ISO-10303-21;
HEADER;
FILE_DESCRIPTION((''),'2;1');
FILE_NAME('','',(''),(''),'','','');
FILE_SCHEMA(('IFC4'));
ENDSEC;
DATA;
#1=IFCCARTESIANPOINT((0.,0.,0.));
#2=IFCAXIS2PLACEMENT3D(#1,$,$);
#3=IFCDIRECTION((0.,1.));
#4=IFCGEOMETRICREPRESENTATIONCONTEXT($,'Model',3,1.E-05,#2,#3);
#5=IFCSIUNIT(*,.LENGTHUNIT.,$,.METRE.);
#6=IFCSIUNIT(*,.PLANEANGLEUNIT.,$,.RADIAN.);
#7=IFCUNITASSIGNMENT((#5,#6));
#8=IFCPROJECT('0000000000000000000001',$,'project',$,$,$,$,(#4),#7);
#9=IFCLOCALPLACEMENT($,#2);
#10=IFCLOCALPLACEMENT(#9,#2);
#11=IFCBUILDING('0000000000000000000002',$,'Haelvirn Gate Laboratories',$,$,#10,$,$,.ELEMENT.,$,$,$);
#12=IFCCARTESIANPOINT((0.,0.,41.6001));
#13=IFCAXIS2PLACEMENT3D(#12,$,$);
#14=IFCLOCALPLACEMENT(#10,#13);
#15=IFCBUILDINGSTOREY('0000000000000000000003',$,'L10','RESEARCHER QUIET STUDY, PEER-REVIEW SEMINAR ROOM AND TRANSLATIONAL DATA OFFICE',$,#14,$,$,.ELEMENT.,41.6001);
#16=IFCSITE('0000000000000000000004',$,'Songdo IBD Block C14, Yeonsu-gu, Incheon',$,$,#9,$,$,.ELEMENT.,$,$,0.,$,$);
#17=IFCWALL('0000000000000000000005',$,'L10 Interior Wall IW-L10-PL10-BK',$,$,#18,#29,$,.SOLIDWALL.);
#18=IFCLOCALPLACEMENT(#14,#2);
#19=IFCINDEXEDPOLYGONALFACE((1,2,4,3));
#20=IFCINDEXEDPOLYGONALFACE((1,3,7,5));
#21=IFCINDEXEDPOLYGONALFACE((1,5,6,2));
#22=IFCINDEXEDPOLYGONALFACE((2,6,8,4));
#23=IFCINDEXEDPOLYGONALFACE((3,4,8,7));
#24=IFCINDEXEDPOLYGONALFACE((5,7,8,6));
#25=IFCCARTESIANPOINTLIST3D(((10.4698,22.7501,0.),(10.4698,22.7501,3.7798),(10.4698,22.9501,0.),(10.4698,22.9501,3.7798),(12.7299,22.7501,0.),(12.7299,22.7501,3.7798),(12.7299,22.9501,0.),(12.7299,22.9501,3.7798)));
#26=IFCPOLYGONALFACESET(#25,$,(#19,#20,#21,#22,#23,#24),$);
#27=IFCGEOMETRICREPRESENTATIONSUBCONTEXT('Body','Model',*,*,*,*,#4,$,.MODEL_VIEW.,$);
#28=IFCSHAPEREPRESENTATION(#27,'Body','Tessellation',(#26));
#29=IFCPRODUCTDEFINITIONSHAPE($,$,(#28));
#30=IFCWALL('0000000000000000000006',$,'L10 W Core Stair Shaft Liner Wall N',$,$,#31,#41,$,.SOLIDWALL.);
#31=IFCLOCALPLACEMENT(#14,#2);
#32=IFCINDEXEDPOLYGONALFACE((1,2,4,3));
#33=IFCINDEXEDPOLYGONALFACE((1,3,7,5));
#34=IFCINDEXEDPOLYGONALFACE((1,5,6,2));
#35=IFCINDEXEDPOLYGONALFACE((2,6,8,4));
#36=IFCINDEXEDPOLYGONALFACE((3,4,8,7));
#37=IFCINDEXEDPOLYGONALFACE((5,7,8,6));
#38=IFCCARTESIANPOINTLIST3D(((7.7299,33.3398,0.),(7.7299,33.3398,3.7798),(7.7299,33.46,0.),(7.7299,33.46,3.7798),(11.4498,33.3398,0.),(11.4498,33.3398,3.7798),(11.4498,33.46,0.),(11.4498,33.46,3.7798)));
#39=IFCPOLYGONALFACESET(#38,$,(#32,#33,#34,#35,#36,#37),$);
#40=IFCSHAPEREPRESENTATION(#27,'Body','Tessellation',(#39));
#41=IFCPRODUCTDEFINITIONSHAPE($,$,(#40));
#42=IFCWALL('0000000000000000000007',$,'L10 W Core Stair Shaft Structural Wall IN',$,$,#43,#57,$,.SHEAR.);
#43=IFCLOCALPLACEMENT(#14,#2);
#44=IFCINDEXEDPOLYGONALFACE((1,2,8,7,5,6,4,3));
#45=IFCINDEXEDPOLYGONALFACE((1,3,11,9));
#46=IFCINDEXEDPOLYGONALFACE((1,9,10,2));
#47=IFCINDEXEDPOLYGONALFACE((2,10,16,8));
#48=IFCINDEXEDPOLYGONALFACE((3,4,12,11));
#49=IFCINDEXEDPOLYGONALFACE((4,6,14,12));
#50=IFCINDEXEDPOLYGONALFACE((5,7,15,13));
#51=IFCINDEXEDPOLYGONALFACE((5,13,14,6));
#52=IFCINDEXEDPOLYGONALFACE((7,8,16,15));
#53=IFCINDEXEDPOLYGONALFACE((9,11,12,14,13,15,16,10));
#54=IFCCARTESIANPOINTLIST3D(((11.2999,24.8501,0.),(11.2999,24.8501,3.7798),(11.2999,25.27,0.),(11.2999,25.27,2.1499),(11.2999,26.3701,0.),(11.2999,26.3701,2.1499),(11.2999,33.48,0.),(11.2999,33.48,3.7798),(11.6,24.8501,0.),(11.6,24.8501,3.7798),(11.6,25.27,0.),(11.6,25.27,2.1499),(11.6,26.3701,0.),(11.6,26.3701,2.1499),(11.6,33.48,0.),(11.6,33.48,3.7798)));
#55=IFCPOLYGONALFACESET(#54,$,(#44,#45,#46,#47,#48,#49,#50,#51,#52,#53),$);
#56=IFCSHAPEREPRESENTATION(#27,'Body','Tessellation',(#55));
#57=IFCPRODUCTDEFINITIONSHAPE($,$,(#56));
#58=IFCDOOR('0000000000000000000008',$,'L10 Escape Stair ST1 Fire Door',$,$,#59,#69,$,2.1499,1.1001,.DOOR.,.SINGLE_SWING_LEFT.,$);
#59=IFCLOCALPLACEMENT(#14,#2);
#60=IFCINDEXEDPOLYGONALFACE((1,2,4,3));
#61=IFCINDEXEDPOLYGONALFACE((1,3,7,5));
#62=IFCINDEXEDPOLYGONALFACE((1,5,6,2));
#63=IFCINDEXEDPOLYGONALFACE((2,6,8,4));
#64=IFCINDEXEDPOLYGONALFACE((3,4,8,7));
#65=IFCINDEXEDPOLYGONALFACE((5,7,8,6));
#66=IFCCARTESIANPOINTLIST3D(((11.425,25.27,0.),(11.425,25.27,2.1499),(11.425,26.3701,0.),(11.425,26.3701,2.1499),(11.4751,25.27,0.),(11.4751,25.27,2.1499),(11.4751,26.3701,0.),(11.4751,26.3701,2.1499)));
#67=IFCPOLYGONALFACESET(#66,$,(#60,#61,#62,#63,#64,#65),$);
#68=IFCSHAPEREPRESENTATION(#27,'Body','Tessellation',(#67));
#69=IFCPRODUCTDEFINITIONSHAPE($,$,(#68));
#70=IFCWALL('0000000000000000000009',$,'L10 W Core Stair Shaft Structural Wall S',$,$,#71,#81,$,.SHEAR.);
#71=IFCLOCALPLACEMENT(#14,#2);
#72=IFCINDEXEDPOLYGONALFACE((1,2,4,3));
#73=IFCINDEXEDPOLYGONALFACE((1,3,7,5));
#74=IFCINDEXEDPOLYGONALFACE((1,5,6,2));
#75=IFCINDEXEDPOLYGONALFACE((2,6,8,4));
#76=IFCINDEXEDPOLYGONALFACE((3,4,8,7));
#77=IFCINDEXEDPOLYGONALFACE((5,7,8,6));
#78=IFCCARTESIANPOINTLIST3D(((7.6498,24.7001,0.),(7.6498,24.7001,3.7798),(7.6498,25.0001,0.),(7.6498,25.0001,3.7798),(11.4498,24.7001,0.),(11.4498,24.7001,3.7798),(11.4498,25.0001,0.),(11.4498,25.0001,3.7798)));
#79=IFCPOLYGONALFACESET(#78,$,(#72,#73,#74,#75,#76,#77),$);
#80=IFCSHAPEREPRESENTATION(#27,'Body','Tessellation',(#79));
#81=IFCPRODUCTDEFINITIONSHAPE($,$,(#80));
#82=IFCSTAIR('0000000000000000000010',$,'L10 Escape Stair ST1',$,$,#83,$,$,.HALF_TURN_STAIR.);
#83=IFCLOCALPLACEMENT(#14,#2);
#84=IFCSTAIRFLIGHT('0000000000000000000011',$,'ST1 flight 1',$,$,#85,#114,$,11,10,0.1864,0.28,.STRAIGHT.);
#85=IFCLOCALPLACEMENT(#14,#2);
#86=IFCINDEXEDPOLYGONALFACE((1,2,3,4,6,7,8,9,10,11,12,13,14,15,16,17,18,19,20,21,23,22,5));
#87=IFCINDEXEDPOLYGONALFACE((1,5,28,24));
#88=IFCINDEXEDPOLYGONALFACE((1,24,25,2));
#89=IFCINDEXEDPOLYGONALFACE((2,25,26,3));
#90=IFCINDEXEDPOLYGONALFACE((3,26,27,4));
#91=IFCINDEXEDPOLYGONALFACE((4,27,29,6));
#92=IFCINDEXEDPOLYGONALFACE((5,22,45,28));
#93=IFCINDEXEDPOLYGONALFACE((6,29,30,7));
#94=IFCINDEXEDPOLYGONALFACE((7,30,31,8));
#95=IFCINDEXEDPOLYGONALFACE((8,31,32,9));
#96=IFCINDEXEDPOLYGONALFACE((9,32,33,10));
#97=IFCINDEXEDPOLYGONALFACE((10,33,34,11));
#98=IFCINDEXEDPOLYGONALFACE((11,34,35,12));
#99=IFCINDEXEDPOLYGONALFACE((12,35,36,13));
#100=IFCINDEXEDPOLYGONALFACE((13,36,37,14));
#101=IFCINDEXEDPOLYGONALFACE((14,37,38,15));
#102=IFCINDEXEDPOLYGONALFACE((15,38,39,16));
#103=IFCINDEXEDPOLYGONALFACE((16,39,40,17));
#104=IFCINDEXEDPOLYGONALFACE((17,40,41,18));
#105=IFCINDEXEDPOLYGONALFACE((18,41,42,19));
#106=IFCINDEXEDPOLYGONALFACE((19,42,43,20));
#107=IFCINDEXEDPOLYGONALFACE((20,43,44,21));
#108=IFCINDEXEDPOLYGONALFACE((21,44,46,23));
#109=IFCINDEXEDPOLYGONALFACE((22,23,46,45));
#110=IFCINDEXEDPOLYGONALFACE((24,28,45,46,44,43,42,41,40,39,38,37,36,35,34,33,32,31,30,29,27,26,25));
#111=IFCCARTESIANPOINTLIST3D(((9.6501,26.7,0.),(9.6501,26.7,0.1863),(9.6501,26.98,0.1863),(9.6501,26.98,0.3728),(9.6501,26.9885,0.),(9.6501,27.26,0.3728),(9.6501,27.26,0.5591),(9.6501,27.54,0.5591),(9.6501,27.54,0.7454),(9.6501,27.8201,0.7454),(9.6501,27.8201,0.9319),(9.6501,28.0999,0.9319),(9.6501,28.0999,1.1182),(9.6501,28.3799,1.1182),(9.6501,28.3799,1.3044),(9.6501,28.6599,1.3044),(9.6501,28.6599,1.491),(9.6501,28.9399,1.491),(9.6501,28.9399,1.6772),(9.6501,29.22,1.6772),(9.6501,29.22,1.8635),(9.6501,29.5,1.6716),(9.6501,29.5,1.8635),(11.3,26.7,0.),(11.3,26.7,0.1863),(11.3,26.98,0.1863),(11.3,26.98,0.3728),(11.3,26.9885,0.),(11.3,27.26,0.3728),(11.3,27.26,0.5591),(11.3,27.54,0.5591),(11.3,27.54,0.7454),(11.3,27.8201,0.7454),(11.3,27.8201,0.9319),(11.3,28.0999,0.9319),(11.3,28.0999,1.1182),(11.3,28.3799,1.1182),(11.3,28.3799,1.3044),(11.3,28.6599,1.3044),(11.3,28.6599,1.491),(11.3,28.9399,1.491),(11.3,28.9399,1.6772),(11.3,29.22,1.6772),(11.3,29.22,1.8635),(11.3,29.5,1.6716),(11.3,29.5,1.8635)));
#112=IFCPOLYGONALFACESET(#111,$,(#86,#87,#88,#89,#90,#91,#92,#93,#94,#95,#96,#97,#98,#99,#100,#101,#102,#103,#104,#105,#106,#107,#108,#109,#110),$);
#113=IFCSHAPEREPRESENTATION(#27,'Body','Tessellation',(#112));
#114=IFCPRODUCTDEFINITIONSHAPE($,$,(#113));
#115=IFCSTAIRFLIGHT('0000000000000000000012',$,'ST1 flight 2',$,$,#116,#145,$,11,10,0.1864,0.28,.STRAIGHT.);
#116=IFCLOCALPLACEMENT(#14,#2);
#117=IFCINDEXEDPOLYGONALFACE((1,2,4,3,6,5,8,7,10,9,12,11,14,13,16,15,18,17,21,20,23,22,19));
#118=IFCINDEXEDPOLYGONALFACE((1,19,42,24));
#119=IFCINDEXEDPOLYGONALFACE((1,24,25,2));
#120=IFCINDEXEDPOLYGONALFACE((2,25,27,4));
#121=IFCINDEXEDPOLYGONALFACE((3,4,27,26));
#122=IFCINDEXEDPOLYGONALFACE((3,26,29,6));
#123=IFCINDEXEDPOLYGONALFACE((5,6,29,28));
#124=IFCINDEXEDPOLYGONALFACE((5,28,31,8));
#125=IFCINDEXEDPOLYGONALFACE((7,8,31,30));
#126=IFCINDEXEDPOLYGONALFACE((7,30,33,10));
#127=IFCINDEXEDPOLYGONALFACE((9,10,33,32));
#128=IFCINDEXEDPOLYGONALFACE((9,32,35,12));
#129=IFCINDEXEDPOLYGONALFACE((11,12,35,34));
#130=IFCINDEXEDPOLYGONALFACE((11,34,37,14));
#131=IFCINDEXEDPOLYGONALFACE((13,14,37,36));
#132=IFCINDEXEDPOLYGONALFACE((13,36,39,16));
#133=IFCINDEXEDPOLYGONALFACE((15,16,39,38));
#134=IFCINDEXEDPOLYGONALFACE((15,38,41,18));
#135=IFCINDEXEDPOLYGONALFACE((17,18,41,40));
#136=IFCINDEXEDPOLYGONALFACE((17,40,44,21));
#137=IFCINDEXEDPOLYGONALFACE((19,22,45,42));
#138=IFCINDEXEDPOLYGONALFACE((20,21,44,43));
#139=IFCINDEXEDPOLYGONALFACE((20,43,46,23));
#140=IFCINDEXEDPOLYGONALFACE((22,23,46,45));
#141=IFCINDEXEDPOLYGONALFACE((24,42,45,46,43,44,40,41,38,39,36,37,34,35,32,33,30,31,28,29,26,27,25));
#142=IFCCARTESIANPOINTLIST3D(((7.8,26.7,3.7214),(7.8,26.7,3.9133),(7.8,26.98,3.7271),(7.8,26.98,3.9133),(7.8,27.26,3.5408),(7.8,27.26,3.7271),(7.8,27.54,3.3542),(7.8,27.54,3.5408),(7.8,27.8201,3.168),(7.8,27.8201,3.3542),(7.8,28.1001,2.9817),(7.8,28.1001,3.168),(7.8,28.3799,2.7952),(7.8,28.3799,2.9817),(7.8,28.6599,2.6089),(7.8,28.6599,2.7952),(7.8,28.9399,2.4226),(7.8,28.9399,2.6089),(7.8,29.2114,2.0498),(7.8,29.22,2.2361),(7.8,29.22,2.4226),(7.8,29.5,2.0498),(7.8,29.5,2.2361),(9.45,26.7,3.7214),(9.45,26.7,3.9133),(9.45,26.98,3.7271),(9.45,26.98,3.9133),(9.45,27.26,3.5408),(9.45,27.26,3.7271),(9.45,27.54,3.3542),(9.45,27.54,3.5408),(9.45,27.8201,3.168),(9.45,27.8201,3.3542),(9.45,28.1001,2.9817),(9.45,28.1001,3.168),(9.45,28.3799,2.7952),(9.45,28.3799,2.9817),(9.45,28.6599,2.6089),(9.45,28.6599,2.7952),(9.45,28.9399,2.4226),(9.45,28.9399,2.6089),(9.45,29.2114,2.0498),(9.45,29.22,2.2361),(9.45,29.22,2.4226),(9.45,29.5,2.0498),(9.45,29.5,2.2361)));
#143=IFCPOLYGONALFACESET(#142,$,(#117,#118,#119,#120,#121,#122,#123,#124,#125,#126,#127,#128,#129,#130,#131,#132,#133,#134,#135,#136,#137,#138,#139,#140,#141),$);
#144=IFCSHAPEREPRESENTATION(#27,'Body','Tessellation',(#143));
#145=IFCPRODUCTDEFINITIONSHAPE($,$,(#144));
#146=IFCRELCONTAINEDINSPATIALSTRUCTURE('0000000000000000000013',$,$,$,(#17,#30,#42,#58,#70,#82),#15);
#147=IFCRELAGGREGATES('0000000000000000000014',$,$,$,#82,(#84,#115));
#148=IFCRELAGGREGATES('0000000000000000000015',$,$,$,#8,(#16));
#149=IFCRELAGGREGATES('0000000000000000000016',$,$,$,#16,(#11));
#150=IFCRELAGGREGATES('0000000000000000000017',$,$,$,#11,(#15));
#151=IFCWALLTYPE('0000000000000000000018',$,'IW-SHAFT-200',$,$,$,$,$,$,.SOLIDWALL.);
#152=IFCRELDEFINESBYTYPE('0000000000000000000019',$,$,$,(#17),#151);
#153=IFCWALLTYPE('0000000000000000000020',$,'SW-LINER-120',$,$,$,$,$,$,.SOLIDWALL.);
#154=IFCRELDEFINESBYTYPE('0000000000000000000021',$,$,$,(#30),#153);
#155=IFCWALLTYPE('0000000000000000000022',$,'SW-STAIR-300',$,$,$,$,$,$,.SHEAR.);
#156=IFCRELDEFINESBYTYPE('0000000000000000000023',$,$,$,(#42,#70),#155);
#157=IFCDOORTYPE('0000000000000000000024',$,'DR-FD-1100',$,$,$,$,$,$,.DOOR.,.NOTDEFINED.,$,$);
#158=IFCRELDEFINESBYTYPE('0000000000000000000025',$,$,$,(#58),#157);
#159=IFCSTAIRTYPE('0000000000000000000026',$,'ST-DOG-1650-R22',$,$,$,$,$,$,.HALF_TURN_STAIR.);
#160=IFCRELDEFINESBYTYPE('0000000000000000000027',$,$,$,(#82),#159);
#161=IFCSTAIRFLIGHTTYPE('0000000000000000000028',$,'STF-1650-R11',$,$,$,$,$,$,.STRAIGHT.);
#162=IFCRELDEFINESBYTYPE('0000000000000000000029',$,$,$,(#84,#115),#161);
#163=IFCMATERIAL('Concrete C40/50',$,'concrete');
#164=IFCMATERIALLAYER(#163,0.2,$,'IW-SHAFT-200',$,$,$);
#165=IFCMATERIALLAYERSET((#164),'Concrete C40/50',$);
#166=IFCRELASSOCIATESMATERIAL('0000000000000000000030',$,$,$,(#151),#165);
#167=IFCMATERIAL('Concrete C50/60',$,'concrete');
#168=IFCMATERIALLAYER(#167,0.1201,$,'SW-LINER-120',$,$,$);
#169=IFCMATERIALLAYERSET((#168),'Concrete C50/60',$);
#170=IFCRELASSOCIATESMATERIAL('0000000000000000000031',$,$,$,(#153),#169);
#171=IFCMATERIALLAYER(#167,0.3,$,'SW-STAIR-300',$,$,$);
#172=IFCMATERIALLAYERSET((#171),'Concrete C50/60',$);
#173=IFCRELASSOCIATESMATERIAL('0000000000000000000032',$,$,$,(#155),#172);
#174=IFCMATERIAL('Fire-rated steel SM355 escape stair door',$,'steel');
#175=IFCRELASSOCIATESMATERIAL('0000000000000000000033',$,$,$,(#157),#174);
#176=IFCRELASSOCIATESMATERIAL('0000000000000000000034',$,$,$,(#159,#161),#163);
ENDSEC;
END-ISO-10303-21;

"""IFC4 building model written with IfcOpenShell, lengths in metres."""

from ifc_helpers import new_model, si_unit, direction, frame, frame_2d, origin, place, context, subcontext, project, spatial, polyline, rectangle, outline, extrude, source, transform, mapped, material, layer, layer_set, type_object, type_shapes, element, fill, aggregate, save


model = new_model("IFC4")

# Units and contexts
model_context = context("Model", 3, precision=1e-05, world=origin(), true_north=direction((0.0, 1.0)))
body_context = subcontext(model_context, "Body", "Model", "MODEL_VIEW")
ifc_project = project(units=[si_unit("LENGTHUNIT", "METRE"), si_unit("PLANEANGLEUNIT", "RADIAN")], contexts=[model_context])

# Site, building, storey
site_placement = place(None, origin())
site = spatial("IfcSite", under=ifc_project, at=site_placement, Name="Songdo IBD Block C14, Yeonsu-gu, Incheon", CompositionType="ELEMENT", RefElevation=0.0)
building_placement = place(site_placement, origin())
building = spatial("IfcBuilding", under=site, at=building_placement, Name="Haelvirn Gate Laboratories", CompositionType="ELEMENT")
storey_placement = place(building_placement, frame((0.0, 0.0, 41.6001)))
storey = spatial("IfcBuildingStorey", under=building, at=storey_placement, Name="L10", Description="RESEARCHER QUIET STUDY, PEER-REVIEW SEMINAR ROOM AND TRANSLATIONAL DATA OFFICE", CompositionType="ELEMENT", Elevation=41.6001)

# Walls
ifc_material_1 = material(Name="Concrete C40/50", Category="concrete")
ifc_layer_1 = layer(ifc_material_1, 0.2, Name="IW-SHAFT-200")
ifc_layer_set_1 = layer_set([ifc_layer_1], Name="Concrete C40/50")
wall_type_1 = type_object("IfcWallType", Name="IW-SHAFT-200", PredefinedType="SOLIDWALL", material=ifc_layer_set_1)
wall_1_placement = place(storey_placement, frame((10.47, 22.8501, 0.0), z_axis=(0.0, 0.0, 1.0), x_axis=(1.0, 0.0, 0.0)))
element("IfcWall", 1, at=wall_1_placement, inside=storey, type_object=wall_type_1, Name="L10 Interior Wall IW-L10-PL10-BK", PredefinedType="SOLIDWALL", context=body_context, shape_type="SweptSolid", body=[
    extrude(rectangle(XDim=2.26, YDim=0.2, at=frame_2d((1.1299, 0.0))), origin(), (0.0, 0.0, 1.0), 3.7798),
])
ifc_material_2 = material(Name="Concrete C50/60", Category="concrete")
ifc_layer_2 = layer(ifc_material_2, 0.1201, Name="SW-LINER-120")
ifc_layer_set_2 = layer_set([ifc_layer_2], Name="Concrete C50/60")
wall_type_2 = type_object("IfcWallType", Name="SW-LINER-120", PredefinedType="SOLIDWALL", material=ifc_layer_set_2)
wall_2_placement = place(storey_placement, frame((7.73, 33.3999, 0.0), z_axis=(0.0, 0.0, 1.0), x_axis=(1.0, 0.0, 0.0)))
element("IfcWall", 2, at=wall_2_placement, inside=storey, type_object=wall_type_2, Name="L10 W Core Stair Shaft Liner Wall N", PredefinedType="SOLIDWALL", context=body_context, shape_type="SweptSolid", body=[
    extrude(rectangle(XDim=3.72, YDim=0.1201, at=frame_2d((1.8599, 0.0))), origin(), (0.0, 0.0, 1.0), 3.7798),
])

# Wall, opening, door
ifc_layer_3 = layer(ifc_material_2, 0.3, Name="SW-STAIR-300")
ifc_layer_set_3 = layer_set([ifc_layer_3], Name="Concrete C50/60")
wall_type_3 = type_object("IfcWallType", Name="SW-STAIR-300", PredefinedType="SHEAR", material=ifc_layer_set_3)
wall_3_placement = place(storey_placement, frame((11.45, 24.8501, 0.0), z_axis=(0.0, 0.0, 1.0), x_axis=(0.0, 1.0, 0.0)))
wall_3 = element("IfcWall", 3, at=wall_3_placement, inside=storey, type_object=wall_type_3, Name="L10 W Core Stair Shaft Structural Wall IN", PredefinedType="SHEAR", context=body_context, shape_type="SweptSolid", body=[
    extrude(rectangle(XDim=8.6299, YDim=0.3, at=frame_2d((4.3149, 0.0))), origin(), (0.0, 0.0, 1.0), 3.7798),
])
opening_1_placement = place(wall_3_placement, frame((0.4199, 0.0, 0.0)))
opening_1 = element("IfcOpeningElement", 4, at=opening_1_placement, cuts=wall_3, PredefinedType="OPENING", context=body_context, shape_type="SweptSolid", body=[
    extrude(rectangle(XDim=1.1001, YDim=2.1499, at=frame_2d((0.55, 1.075))), frame((0.0, 0.1602, 0.0), z_axis=(0.0, -1.0, 0.0), x_axis=(1.0, 0.0, 0.0)), (0.0, 0.0, 1.0), 0.3201),
])
ifc_material_3 = material(Name="Fire-rated steel SM355 escape stair door", Category="steel")
door_type_1 = type_object("IfcDoorType", Name="DR-FD-1100", OperationType="NOTDEFINED", PredefinedType="DOOR", material=ifc_material_3)
shared_shape_1 = source(origin(), body_context, "Body", "SweptSolid", [
    extrude(rectangle(XDim=1.1001, YDim=2.1499, at=frame_2d((0.55, 1.075))), frame((0.0, 0.0249, 0.0), z_axis=(0.0, -1.0, 0.0), x_axis=(1.0, 0.0, 0.0)), (0.0, 0.0, 1.0), 0.05),
])
type_shapes(door_type_1, [shared_shape_1])
door_1_placement = place(opening_1_placement, origin())
door_1 = element("IfcDoor", 5, at=door_1_placement, inside=storey, type_object=door_type_1, Name="L10 Escape Stair ST1 Fire Door", OperationType="SINGLE_SWING_LEFT", OverallHeight=2.1499, OverallWidth=1.1001, PredefinedType="DOOR", context=body_context, shape_type="MappedRepresentation", body=[
    mapped(shared_shape_1, transform((0.0, 0.0, 0.0), scale=1.0)),
])
fill(opening_1, door_1)

# Wall
wall_4_placement = place(storey_placement, frame((7.6499, 24.8501, 0.0), z_axis=(0.0, 0.0, 1.0), x_axis=(1.0, 0.0, 0.0)))
element("IfcWall", 6, at=wall_4_placement, inside=storey, type_object=wall_type_3, Name="L10 W Core Stair Shaft Structural Wall S", PredefinedType="SHEAR", context=body_context, shape_type="SweptSolid", body=[
    extrude(rectangle(XDim=3.8, YDim=0.3, at=frame_2d((1.8999, 0.0))), origin(), (0.0, 0.0, 1.0), 3.7798),
])

# Stair, stair flights
stair_type = type_object("IfcStairType", Name="ST-DOG-1650-R22", PredefinedType="HALF_TURN_STAIR", material=ifc_material_1)
stair_placement = place(storey_placement, origin())
stair = element("IfcStair", 7, at=stair_placement, inside=storey, type_object=stair_type, Name="L10 Escape Stair ST1", PredefinedType="HALF_TURN_STAIR")
stair_flight_type = type_object("IfcStairFlightType", Name="STF-1650-R11", PredefinedType="STRAIGHT", material=ifc_material_1)
shared_shape_2 = source(origin(), body_context, "Body", "SweptSolid", [
    extrude(outline(polyline([(0.0, 0.0), (0.0, 0.1863), (0.28, 0.1863), (0.28, 0.3728), (0.5601, 0.3728), (0.5601, 0.5591), (0.8401, 0.5591), (0.8401, 0.7454), (1.1201, 0.7454), (1.1201, 0.9319), (1.3999, 0.9319), (1.3999, 1.1182), (1.6799, 1.1182), (1.6799, 1.3044), (1.96, 1.3044), (1.96, 1.491), (2.24, 1.491), (2.24, 1.6772), (2.52, 1.6772), (2.52, 1.8635), (2.8, 1.8635), (2.8, 2.05), (2.8, 1.6716), (0.2886, 0.0), (0.0, 0.0)])), frame((0.0, 0.825, 0.0), z_axis=(0.0, -1.0, 0.0), x_axis=(1.0, 0.0, 0.0)), (0.0, 0.0, 1.0), 1.6499),
])
type_shapes(stair_flight_type, [shared_shape_2])
stair_flight_1_placement = place(storey_placement, frame((10.4751, 26.7, 0.0), z_axis=(0.0, 0.0, 1.0), x_axis=(0.0, 1.0, 0.0)))
stair_flight_1 = element("IfcStairFlight", 8, at=stair_flight_1_placement, type_object=stair_flight_type, Name="ST1 flight 1", NumberOfRisers=11, NumberOfTreads=10, PredefinedType="STRAIGHT", RiserHeight=0.1864, TreadLength=0.28, context=body_context, shape_type="MappedRepresentation", body=[
    mapped(shared_shape_2, transform((0.0, 0.0, 0.0), scale=1.0)),
])
stair_flight_2_placement = place(storey_placement, frame((8.625, 29.5, 2.0498), z_axis=(0.0, 0.0, 1.0), x_axis=(0.0, -1.0, 0.0)))
stair_flight_2 = element("IfcStairFlight", 9, at=stair_flight_2_placement, type_object=stair_flight_type, Name="ST1 flight 2", NumberOfRisers=11, NumberOfTreads=10, PredefinedType="STRAIGHT", RiserHeight=0.1864, TreadLength=0.28, context=body_context, shape_type="MappedRepresentation", body=[
    mapped(shared_shape_2, transform((0.0, 0.0, 0.0), scale=1.0)),
])
aggregate(stair, [stair_flight_1, stair_flight_2])

save(model, "model.ifc")
